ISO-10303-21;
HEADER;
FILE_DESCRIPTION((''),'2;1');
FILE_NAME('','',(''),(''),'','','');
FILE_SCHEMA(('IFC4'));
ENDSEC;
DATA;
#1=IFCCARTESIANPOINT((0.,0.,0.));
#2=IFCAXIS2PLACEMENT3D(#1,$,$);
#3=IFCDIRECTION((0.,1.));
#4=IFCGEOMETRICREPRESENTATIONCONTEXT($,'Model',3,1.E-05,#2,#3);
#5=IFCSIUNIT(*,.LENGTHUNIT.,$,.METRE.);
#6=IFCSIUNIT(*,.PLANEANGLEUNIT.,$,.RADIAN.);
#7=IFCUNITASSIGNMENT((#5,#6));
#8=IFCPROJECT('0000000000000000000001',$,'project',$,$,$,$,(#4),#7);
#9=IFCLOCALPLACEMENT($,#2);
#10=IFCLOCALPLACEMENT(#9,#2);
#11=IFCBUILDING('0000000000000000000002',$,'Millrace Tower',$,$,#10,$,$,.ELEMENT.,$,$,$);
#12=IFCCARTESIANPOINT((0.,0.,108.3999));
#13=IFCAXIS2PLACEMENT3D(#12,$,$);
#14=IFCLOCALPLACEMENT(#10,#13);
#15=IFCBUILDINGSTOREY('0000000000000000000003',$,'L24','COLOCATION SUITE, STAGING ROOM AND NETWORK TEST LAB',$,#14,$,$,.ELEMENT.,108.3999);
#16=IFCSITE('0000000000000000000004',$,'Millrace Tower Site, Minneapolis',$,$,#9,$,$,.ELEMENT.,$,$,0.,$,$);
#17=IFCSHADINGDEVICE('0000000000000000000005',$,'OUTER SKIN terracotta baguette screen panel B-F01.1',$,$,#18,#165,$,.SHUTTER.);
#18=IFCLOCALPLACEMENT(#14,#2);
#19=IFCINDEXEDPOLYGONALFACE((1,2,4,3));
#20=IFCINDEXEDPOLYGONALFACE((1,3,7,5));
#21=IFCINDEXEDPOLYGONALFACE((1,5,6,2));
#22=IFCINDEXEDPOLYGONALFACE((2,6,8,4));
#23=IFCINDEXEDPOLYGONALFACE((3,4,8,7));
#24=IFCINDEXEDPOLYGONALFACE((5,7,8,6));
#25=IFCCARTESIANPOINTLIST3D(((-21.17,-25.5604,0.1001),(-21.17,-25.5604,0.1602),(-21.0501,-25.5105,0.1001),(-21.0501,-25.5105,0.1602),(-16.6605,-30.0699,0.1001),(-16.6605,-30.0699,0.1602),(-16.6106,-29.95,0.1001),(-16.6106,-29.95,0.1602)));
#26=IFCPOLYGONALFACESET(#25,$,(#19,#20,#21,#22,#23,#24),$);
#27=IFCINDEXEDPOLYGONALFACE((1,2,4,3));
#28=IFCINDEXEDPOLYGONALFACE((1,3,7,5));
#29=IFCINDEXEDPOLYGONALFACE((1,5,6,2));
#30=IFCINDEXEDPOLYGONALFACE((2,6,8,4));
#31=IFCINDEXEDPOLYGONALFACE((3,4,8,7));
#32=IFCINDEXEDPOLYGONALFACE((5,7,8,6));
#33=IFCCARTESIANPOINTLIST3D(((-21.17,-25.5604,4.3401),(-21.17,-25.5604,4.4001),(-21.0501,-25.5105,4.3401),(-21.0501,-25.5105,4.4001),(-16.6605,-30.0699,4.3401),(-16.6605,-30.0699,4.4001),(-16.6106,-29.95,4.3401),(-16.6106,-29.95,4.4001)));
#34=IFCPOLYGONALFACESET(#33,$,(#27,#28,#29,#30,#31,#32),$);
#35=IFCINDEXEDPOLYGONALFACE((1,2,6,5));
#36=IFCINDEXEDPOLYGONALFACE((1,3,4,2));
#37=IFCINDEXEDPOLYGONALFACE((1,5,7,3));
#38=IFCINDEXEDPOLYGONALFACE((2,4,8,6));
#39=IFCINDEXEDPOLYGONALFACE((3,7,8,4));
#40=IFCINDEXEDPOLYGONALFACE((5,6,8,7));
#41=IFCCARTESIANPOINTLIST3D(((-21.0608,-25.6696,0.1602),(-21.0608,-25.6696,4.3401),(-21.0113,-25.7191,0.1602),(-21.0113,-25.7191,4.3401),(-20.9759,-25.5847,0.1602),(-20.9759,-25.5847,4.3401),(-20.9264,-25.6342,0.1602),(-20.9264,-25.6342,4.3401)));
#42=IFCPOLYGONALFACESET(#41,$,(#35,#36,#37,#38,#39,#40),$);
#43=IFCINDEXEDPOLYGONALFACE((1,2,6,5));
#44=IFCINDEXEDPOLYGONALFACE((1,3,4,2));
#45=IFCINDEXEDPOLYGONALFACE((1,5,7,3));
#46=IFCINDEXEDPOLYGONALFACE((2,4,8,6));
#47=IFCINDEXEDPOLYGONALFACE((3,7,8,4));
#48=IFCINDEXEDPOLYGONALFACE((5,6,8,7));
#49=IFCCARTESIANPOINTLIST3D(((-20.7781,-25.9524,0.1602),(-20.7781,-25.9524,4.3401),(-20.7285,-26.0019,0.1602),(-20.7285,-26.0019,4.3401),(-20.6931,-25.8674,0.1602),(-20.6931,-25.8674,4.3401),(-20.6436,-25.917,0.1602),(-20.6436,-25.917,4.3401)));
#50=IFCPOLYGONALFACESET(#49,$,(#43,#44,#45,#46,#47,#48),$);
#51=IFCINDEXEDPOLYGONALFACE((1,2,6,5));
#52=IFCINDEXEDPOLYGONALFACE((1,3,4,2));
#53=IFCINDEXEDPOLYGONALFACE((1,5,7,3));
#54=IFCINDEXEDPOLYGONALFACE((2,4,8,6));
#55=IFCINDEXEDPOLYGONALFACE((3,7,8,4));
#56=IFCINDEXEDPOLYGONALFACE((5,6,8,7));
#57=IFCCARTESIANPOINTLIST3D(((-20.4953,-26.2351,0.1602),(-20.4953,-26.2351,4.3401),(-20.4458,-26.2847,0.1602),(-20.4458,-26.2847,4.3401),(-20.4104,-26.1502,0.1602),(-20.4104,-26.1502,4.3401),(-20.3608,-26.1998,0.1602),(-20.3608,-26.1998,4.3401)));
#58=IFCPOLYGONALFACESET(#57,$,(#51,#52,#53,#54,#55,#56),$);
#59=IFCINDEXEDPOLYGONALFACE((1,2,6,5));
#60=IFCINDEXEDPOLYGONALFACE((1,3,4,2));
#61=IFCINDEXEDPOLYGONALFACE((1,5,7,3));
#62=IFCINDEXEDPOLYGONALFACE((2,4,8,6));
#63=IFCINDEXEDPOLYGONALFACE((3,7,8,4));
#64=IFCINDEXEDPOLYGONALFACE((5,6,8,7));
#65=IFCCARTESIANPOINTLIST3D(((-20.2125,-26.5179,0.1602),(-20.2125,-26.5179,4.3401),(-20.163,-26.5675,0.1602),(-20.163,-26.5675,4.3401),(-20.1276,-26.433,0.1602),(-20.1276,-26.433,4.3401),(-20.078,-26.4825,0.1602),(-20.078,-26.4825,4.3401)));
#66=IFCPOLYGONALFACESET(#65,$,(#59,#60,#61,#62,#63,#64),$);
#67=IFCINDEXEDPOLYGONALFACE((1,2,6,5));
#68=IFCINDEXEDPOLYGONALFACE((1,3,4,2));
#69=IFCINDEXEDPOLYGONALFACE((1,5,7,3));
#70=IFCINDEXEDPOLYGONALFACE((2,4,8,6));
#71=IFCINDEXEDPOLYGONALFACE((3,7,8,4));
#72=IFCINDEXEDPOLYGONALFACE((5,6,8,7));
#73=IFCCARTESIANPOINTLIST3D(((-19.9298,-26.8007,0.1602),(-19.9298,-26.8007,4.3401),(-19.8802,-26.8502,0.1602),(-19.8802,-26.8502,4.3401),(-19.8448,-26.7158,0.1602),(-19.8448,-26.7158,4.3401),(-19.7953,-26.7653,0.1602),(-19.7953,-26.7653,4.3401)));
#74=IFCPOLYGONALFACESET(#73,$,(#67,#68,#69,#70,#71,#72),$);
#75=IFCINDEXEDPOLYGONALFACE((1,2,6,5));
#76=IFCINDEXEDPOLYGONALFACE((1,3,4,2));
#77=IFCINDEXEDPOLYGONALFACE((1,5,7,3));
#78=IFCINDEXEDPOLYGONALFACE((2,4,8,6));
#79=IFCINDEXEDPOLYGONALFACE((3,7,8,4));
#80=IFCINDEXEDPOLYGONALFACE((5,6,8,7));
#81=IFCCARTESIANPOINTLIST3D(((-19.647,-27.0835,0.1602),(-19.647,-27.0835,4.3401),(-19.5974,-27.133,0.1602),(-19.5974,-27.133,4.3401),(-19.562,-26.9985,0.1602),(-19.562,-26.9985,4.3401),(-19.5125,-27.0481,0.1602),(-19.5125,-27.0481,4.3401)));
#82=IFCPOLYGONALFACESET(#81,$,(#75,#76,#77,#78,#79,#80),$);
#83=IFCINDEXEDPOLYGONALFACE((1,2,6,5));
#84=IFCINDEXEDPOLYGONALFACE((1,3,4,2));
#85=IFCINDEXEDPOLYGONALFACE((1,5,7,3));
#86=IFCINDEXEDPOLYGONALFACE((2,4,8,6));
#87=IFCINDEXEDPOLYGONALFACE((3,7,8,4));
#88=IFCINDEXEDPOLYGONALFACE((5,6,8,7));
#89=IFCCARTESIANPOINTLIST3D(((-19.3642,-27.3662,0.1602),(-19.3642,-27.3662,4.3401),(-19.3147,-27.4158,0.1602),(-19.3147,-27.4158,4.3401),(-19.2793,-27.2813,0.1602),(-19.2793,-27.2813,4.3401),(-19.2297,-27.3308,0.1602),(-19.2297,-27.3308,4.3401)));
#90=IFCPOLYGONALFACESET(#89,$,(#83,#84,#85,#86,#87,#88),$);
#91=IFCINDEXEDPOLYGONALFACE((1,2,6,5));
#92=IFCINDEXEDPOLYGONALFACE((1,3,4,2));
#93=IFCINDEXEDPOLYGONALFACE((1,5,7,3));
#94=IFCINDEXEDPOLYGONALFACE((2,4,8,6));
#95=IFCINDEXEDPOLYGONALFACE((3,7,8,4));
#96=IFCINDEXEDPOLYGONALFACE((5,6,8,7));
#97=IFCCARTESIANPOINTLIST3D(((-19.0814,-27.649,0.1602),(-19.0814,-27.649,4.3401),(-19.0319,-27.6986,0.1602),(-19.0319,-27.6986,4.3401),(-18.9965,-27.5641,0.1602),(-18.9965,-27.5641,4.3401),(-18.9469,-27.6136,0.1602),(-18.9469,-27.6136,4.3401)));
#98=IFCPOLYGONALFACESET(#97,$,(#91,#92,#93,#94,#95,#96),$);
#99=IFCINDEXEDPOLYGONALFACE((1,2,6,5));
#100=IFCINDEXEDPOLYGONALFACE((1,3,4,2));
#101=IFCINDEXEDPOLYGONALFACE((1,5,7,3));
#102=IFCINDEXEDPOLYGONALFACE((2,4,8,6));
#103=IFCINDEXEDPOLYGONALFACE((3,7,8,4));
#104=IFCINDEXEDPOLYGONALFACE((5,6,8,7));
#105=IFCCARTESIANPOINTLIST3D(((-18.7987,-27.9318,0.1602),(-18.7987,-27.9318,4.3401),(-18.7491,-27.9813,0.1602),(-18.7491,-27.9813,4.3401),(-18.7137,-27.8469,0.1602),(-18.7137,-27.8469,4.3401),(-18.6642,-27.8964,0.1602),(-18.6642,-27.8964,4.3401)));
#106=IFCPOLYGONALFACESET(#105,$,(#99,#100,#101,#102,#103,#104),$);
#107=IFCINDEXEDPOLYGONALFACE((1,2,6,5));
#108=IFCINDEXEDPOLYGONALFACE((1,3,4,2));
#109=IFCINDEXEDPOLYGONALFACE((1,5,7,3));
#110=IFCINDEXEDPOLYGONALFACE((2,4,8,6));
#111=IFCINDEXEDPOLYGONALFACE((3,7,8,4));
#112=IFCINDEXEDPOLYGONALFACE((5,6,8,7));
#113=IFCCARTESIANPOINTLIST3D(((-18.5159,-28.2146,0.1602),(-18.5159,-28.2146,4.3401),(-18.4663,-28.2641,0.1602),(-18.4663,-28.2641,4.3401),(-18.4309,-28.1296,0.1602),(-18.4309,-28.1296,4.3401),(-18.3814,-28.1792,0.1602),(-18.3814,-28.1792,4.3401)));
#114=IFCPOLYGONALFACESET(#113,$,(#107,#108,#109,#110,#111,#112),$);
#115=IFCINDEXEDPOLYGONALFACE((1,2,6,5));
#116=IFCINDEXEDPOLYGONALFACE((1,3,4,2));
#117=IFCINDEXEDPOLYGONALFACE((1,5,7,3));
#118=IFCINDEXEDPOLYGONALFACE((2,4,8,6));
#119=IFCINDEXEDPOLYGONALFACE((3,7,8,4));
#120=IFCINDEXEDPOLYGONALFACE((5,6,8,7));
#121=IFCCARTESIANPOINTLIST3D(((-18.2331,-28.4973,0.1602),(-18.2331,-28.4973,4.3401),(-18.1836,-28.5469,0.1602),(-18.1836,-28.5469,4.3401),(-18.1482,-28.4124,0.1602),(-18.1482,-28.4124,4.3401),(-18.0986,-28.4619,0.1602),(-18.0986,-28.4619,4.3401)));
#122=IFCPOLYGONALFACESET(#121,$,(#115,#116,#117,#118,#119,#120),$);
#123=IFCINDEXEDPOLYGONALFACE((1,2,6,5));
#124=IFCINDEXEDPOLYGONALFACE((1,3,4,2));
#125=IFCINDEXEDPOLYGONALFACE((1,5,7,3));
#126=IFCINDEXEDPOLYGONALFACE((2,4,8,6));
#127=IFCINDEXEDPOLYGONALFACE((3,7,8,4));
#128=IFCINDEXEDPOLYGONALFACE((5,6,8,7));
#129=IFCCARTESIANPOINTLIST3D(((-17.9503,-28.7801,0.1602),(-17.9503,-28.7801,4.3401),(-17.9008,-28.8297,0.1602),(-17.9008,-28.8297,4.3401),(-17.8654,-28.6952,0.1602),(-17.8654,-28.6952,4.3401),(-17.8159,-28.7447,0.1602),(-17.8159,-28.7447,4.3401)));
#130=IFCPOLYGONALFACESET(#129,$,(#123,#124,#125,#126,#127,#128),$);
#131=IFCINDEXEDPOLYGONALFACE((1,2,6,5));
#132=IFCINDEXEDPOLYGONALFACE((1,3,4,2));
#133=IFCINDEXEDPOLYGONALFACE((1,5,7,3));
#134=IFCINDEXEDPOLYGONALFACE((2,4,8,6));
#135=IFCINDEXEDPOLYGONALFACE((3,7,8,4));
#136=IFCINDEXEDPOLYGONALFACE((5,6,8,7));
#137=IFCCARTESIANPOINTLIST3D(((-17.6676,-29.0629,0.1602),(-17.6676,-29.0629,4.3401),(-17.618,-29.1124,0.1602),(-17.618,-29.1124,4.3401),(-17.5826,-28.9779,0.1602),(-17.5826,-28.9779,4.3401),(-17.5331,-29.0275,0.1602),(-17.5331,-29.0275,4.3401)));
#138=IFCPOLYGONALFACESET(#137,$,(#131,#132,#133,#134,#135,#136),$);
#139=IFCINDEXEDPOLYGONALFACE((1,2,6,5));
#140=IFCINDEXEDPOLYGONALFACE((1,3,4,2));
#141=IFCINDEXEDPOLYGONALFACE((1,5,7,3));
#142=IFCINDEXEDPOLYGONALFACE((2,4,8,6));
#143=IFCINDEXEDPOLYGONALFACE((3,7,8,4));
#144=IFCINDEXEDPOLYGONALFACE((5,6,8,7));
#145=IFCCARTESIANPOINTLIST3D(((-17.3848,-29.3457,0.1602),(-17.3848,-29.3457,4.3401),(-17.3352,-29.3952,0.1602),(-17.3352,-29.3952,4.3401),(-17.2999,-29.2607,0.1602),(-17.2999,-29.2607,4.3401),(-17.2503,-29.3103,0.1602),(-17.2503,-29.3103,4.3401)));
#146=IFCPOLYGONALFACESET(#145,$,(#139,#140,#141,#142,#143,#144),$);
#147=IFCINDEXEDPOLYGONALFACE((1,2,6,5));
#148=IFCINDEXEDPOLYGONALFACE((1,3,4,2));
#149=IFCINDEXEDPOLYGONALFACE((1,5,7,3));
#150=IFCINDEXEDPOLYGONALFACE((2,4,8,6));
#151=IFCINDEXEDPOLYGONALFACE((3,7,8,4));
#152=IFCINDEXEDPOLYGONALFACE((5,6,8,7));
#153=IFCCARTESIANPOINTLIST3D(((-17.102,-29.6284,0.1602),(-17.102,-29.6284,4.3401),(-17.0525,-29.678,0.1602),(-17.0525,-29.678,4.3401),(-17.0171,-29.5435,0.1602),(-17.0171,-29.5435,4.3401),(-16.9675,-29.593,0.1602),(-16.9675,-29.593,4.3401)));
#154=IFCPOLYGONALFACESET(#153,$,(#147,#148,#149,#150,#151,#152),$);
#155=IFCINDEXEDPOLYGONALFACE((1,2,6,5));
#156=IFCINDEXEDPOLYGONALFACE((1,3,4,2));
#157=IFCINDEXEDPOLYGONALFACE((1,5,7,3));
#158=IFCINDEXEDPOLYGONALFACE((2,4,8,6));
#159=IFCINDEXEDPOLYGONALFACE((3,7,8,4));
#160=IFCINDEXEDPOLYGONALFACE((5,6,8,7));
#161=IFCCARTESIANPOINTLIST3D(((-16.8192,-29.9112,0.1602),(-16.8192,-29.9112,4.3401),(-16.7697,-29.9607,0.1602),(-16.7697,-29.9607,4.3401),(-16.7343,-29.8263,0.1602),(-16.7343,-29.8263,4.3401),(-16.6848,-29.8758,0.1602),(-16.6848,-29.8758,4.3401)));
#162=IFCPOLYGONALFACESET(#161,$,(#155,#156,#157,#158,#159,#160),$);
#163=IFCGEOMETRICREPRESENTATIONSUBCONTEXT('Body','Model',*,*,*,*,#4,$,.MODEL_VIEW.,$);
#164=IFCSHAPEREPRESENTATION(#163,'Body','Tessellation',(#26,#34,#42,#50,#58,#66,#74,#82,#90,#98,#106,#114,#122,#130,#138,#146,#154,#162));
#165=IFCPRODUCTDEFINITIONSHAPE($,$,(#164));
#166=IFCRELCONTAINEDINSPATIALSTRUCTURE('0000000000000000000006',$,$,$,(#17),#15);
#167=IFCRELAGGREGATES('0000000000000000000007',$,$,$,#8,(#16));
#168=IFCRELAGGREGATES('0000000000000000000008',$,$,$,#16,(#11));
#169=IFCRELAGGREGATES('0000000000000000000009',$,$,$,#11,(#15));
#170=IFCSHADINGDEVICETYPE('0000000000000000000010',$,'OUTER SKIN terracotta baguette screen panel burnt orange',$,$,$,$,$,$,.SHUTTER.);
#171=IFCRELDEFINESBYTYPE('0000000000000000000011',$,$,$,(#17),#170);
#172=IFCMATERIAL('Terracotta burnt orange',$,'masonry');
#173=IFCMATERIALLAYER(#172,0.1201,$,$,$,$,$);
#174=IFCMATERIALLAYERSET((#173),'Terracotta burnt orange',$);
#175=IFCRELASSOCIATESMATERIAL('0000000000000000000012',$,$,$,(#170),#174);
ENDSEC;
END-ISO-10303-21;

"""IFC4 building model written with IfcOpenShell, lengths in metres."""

from ifc_helpers import new_model, entity, si_unit, direction, frame, frame_2d, origin, place, context, subcontext, project, spatial, rectangle, extrude, source, transform, mapped, material, layer, layer_set, type_object, element, save


model = new_model("IFC4")

# Units and contexts
model_context = context("Model", 3, precision=1e-05, world=origin(), true_north=direction((0.0, 1.0)))
body_context = subcontext(model_context, "Body", "Model", "MODEL_VIEW")
ifc_project = project(units=[si_unit("LENGTHUNIT", "METRE"), si_unit("PLANEANGLEUNIT", "RADIAN")], contexts=[model_context])

# Site, building, storey
site_placement = place(None, origin())
site = spatial("IfcSite", under=ifc_project, at=site_placement, Name="Millrace Tower Site, Minneapolis", CompositionType="ELEMENT", RefElevation=0.0)
building_placement = place(site_placement, origin())
building = spatial("IfcBuilding", under=site, at=building_placement, Name="Millrace Tower", CompositionType="ELEMENT")
storey_placement = place(building_placement, frame((0.0, 0.0, 108.3999)))
storey = spatial("IfcBuildingStorey", under=building, at=storey_placement, Name="L24", Description="COLOCATION SUITE, STAGING ROOM AND NETWORK TEST LAB", CompositionType="ELEMENT", Elevation=108.3999)

# Shading device
ifc_material_1 = material(Name="Terracotta burnt orange", Category="masonry")
ifc_layer_1 = layer(ifc_material_1, 0.1201)
ifc_layer_set_1 = layer_set([ifc_layer_1], Name="Terracotta burnt orange")
shading_device_type = type_object("IfcShadingDeviceType", Name="OUTER SKIN terracotta baguette screen panel burnt orange", PredefinedType="SHUTTER", material=ifc_layer_set_1)
cartesian_point_1 = entity("IfcCartesianPoint", [-3.1392, 0.0601])
shared_polyline_1 = entity("IfcPolyline", [cartesian_point_1, entity("IfcCartesianPoint", [3.1392, 0.0601]), entity("IfcCartesianPoint", [3.1887, -0.0601]), entity("IfcCartesianPoint", [-3.1887, -0.0601]), cartesian_point_1])
shared_shape_1 = source(origin(), body_context, "Body", "SweptSolid", [
    entity("IfcExtrudedAreaSolid", entity("IfcArbitraryClosedProfileDef", "AREA", None, shared_polyline_1), entity("IfcAxis2Placement3D", entity("IfcCartesianPoint", [0.0, 0.0, 0.0])), entity("IfcDirection", [0.0, 0.0, 1.0]), 0.0601),
    entity("IfcExtrudedAreaSolid", entity("IfcArbitraryClosedProfileDef", "AREA", None, shared_polyline_1), entity("IfcAxis2Placement3D", entity("IfcCartesianPoint", [0.0, 0.0, 4.24])), entity("IfcDirection", [0.0, 0.0, 1.0]), 0.0601),
    extrude(rectangle(XDim=0.0701, YDim=0.1201, at=frame_2d((-2.9993, 0.0))), frame((0.0, 0.0, 0.0601)), (0.0, 0.0, 1.0), 4.1799),
    extrude(rectangle(XDim=0.0701, YDim=0.1201, at=frame_2d((-2.5994, 0.0))), frame((0.0, 0.0, 0.0601)), (0.0, 0.0, 1.0), 4.1799),
    extrude(rectangle(XDim=0.0701, YDim=0.1201, at=frame_2d((-2.1995, 0.0))), frame((0.0, 0.0, 0.0601)), (0.0, 0.0, 1.0), 4.1799),
    extrude(rectangle(XDim=0.0701, YDim=0.1201, at=frame_2d((-1.7996, 0.0))), frame((0.0, 0.0, 0.0601)), (0.0, 0.0, 1.0), 4.1799),
    extrude(rectangle(XDim=0.0701, YDim=0.1201, at=frame_2d((-1.3997, 0.0))), frame((0.0, 0.0, 0.0601)), (0.0, 0.0, 1.0), 4.1799),
    extrude(rectangle(XDim=0.0701, YDim=0.1201, at=frame_2d((-0.9998, 0.0))), frame((0.0, 0.0, 0.0601)), (0.0, 0.0, 1.0), 4.1799),
    extrude(rectangle(XDim=0.0701, YDim=0.1201, at=frame_2d((-0.5999, 0.0))), frame((0.0, 0.0, 0.0601)), (0.0, 0.0, 1.0), 4.1799),
    extrude(rectangle(XDim=0.0701, YDim=0.1201, at=frame_2d((-0.2, 0.0))), frame((0.0, 0.0, 0.0601)), (0.0, 0.0, 1.0), 4.1799),
    extrude(rectangle(XDim=0.0701, YDim=0.1201, at=frame_2d((0.2, 0.0))), frame((0.0, 0.0, 0.0601)), (0.0, 0.0, 1.0), 4.1799),
    extrude(rectangle(XDim=0.0701, YDim=0.1201, at=frame_2d((0.5999, 0.0))), frame((0.0, 0.0, 0.0601)), (0.0, 0.0, 1.0), 4.1799),
    extrude(rectangle(XDim=0.0701, YDim=0.1201, at=frame_2d((0.9998, 0.0))), frame((0.0, 0.0, 0.0601)), (0.0, 0.0, 1.0), 4.1799),
    extrude(rectangle(XDim=0.0701, YDim=0.1201, at=frame_2d((1.3997, 0.0))), frame((0.0, 0.0, 0.0601)), (0.0, 0.0, 1.0), 4.1799),
    extrude(rectangle(XDim=0.0701, YDim=0.1201, at=frame_2d((1.7996, 0.0))), frame((0.0, 0.0, 0.0601)), (0.0, 0.0, 1.0), 4.1799),
    extrude(rectangle(XDim=0.0701, YDim=0.1201, at=frame_2d((2.1995, 0.0))), frame((0.0, 0.0, 0.0601)), (0.0, 0.0, 1.0), 4.1799),
    extrude(rectangle(XDim=0.0701, YDim=0.1201, at=frame_2d((2.5994, 0.0))), frame((0.0, 0.0, 0.0601)), (0.0, 0.0, 1.0), 4.1799),
    extrude(rectangle(XDim=0.0701, YDim=0.1201, at=frame_2d((2.9993, 0.0))), frame((0.0, 0.0, 0.0601)), (0.0, 0.0, 1.0), 4.1799),
])
shading_device_1_placement = place(storey_placement, frame((-18.8728, -27.7727, 0.1001), z_axis=(0.0, 0.0, 1.0), x_axis=(0.707107, -0.707107, 0.0)))
element("IfcShadingDevice", 1, at=shading_device_1_placement, inside=storey, type_object=shading_device_type, Name="OUTER SKIN terracotta baguette screen panel B-F01.1", PredefinedType="SHUTTER", context=body_context, shape_type="MappedRepresentation", body=[
    mapped(shared_shape_1, transform((0.0, 0.0, 0.0), scale=1.0)),
])

save(model, "model.ifc")
